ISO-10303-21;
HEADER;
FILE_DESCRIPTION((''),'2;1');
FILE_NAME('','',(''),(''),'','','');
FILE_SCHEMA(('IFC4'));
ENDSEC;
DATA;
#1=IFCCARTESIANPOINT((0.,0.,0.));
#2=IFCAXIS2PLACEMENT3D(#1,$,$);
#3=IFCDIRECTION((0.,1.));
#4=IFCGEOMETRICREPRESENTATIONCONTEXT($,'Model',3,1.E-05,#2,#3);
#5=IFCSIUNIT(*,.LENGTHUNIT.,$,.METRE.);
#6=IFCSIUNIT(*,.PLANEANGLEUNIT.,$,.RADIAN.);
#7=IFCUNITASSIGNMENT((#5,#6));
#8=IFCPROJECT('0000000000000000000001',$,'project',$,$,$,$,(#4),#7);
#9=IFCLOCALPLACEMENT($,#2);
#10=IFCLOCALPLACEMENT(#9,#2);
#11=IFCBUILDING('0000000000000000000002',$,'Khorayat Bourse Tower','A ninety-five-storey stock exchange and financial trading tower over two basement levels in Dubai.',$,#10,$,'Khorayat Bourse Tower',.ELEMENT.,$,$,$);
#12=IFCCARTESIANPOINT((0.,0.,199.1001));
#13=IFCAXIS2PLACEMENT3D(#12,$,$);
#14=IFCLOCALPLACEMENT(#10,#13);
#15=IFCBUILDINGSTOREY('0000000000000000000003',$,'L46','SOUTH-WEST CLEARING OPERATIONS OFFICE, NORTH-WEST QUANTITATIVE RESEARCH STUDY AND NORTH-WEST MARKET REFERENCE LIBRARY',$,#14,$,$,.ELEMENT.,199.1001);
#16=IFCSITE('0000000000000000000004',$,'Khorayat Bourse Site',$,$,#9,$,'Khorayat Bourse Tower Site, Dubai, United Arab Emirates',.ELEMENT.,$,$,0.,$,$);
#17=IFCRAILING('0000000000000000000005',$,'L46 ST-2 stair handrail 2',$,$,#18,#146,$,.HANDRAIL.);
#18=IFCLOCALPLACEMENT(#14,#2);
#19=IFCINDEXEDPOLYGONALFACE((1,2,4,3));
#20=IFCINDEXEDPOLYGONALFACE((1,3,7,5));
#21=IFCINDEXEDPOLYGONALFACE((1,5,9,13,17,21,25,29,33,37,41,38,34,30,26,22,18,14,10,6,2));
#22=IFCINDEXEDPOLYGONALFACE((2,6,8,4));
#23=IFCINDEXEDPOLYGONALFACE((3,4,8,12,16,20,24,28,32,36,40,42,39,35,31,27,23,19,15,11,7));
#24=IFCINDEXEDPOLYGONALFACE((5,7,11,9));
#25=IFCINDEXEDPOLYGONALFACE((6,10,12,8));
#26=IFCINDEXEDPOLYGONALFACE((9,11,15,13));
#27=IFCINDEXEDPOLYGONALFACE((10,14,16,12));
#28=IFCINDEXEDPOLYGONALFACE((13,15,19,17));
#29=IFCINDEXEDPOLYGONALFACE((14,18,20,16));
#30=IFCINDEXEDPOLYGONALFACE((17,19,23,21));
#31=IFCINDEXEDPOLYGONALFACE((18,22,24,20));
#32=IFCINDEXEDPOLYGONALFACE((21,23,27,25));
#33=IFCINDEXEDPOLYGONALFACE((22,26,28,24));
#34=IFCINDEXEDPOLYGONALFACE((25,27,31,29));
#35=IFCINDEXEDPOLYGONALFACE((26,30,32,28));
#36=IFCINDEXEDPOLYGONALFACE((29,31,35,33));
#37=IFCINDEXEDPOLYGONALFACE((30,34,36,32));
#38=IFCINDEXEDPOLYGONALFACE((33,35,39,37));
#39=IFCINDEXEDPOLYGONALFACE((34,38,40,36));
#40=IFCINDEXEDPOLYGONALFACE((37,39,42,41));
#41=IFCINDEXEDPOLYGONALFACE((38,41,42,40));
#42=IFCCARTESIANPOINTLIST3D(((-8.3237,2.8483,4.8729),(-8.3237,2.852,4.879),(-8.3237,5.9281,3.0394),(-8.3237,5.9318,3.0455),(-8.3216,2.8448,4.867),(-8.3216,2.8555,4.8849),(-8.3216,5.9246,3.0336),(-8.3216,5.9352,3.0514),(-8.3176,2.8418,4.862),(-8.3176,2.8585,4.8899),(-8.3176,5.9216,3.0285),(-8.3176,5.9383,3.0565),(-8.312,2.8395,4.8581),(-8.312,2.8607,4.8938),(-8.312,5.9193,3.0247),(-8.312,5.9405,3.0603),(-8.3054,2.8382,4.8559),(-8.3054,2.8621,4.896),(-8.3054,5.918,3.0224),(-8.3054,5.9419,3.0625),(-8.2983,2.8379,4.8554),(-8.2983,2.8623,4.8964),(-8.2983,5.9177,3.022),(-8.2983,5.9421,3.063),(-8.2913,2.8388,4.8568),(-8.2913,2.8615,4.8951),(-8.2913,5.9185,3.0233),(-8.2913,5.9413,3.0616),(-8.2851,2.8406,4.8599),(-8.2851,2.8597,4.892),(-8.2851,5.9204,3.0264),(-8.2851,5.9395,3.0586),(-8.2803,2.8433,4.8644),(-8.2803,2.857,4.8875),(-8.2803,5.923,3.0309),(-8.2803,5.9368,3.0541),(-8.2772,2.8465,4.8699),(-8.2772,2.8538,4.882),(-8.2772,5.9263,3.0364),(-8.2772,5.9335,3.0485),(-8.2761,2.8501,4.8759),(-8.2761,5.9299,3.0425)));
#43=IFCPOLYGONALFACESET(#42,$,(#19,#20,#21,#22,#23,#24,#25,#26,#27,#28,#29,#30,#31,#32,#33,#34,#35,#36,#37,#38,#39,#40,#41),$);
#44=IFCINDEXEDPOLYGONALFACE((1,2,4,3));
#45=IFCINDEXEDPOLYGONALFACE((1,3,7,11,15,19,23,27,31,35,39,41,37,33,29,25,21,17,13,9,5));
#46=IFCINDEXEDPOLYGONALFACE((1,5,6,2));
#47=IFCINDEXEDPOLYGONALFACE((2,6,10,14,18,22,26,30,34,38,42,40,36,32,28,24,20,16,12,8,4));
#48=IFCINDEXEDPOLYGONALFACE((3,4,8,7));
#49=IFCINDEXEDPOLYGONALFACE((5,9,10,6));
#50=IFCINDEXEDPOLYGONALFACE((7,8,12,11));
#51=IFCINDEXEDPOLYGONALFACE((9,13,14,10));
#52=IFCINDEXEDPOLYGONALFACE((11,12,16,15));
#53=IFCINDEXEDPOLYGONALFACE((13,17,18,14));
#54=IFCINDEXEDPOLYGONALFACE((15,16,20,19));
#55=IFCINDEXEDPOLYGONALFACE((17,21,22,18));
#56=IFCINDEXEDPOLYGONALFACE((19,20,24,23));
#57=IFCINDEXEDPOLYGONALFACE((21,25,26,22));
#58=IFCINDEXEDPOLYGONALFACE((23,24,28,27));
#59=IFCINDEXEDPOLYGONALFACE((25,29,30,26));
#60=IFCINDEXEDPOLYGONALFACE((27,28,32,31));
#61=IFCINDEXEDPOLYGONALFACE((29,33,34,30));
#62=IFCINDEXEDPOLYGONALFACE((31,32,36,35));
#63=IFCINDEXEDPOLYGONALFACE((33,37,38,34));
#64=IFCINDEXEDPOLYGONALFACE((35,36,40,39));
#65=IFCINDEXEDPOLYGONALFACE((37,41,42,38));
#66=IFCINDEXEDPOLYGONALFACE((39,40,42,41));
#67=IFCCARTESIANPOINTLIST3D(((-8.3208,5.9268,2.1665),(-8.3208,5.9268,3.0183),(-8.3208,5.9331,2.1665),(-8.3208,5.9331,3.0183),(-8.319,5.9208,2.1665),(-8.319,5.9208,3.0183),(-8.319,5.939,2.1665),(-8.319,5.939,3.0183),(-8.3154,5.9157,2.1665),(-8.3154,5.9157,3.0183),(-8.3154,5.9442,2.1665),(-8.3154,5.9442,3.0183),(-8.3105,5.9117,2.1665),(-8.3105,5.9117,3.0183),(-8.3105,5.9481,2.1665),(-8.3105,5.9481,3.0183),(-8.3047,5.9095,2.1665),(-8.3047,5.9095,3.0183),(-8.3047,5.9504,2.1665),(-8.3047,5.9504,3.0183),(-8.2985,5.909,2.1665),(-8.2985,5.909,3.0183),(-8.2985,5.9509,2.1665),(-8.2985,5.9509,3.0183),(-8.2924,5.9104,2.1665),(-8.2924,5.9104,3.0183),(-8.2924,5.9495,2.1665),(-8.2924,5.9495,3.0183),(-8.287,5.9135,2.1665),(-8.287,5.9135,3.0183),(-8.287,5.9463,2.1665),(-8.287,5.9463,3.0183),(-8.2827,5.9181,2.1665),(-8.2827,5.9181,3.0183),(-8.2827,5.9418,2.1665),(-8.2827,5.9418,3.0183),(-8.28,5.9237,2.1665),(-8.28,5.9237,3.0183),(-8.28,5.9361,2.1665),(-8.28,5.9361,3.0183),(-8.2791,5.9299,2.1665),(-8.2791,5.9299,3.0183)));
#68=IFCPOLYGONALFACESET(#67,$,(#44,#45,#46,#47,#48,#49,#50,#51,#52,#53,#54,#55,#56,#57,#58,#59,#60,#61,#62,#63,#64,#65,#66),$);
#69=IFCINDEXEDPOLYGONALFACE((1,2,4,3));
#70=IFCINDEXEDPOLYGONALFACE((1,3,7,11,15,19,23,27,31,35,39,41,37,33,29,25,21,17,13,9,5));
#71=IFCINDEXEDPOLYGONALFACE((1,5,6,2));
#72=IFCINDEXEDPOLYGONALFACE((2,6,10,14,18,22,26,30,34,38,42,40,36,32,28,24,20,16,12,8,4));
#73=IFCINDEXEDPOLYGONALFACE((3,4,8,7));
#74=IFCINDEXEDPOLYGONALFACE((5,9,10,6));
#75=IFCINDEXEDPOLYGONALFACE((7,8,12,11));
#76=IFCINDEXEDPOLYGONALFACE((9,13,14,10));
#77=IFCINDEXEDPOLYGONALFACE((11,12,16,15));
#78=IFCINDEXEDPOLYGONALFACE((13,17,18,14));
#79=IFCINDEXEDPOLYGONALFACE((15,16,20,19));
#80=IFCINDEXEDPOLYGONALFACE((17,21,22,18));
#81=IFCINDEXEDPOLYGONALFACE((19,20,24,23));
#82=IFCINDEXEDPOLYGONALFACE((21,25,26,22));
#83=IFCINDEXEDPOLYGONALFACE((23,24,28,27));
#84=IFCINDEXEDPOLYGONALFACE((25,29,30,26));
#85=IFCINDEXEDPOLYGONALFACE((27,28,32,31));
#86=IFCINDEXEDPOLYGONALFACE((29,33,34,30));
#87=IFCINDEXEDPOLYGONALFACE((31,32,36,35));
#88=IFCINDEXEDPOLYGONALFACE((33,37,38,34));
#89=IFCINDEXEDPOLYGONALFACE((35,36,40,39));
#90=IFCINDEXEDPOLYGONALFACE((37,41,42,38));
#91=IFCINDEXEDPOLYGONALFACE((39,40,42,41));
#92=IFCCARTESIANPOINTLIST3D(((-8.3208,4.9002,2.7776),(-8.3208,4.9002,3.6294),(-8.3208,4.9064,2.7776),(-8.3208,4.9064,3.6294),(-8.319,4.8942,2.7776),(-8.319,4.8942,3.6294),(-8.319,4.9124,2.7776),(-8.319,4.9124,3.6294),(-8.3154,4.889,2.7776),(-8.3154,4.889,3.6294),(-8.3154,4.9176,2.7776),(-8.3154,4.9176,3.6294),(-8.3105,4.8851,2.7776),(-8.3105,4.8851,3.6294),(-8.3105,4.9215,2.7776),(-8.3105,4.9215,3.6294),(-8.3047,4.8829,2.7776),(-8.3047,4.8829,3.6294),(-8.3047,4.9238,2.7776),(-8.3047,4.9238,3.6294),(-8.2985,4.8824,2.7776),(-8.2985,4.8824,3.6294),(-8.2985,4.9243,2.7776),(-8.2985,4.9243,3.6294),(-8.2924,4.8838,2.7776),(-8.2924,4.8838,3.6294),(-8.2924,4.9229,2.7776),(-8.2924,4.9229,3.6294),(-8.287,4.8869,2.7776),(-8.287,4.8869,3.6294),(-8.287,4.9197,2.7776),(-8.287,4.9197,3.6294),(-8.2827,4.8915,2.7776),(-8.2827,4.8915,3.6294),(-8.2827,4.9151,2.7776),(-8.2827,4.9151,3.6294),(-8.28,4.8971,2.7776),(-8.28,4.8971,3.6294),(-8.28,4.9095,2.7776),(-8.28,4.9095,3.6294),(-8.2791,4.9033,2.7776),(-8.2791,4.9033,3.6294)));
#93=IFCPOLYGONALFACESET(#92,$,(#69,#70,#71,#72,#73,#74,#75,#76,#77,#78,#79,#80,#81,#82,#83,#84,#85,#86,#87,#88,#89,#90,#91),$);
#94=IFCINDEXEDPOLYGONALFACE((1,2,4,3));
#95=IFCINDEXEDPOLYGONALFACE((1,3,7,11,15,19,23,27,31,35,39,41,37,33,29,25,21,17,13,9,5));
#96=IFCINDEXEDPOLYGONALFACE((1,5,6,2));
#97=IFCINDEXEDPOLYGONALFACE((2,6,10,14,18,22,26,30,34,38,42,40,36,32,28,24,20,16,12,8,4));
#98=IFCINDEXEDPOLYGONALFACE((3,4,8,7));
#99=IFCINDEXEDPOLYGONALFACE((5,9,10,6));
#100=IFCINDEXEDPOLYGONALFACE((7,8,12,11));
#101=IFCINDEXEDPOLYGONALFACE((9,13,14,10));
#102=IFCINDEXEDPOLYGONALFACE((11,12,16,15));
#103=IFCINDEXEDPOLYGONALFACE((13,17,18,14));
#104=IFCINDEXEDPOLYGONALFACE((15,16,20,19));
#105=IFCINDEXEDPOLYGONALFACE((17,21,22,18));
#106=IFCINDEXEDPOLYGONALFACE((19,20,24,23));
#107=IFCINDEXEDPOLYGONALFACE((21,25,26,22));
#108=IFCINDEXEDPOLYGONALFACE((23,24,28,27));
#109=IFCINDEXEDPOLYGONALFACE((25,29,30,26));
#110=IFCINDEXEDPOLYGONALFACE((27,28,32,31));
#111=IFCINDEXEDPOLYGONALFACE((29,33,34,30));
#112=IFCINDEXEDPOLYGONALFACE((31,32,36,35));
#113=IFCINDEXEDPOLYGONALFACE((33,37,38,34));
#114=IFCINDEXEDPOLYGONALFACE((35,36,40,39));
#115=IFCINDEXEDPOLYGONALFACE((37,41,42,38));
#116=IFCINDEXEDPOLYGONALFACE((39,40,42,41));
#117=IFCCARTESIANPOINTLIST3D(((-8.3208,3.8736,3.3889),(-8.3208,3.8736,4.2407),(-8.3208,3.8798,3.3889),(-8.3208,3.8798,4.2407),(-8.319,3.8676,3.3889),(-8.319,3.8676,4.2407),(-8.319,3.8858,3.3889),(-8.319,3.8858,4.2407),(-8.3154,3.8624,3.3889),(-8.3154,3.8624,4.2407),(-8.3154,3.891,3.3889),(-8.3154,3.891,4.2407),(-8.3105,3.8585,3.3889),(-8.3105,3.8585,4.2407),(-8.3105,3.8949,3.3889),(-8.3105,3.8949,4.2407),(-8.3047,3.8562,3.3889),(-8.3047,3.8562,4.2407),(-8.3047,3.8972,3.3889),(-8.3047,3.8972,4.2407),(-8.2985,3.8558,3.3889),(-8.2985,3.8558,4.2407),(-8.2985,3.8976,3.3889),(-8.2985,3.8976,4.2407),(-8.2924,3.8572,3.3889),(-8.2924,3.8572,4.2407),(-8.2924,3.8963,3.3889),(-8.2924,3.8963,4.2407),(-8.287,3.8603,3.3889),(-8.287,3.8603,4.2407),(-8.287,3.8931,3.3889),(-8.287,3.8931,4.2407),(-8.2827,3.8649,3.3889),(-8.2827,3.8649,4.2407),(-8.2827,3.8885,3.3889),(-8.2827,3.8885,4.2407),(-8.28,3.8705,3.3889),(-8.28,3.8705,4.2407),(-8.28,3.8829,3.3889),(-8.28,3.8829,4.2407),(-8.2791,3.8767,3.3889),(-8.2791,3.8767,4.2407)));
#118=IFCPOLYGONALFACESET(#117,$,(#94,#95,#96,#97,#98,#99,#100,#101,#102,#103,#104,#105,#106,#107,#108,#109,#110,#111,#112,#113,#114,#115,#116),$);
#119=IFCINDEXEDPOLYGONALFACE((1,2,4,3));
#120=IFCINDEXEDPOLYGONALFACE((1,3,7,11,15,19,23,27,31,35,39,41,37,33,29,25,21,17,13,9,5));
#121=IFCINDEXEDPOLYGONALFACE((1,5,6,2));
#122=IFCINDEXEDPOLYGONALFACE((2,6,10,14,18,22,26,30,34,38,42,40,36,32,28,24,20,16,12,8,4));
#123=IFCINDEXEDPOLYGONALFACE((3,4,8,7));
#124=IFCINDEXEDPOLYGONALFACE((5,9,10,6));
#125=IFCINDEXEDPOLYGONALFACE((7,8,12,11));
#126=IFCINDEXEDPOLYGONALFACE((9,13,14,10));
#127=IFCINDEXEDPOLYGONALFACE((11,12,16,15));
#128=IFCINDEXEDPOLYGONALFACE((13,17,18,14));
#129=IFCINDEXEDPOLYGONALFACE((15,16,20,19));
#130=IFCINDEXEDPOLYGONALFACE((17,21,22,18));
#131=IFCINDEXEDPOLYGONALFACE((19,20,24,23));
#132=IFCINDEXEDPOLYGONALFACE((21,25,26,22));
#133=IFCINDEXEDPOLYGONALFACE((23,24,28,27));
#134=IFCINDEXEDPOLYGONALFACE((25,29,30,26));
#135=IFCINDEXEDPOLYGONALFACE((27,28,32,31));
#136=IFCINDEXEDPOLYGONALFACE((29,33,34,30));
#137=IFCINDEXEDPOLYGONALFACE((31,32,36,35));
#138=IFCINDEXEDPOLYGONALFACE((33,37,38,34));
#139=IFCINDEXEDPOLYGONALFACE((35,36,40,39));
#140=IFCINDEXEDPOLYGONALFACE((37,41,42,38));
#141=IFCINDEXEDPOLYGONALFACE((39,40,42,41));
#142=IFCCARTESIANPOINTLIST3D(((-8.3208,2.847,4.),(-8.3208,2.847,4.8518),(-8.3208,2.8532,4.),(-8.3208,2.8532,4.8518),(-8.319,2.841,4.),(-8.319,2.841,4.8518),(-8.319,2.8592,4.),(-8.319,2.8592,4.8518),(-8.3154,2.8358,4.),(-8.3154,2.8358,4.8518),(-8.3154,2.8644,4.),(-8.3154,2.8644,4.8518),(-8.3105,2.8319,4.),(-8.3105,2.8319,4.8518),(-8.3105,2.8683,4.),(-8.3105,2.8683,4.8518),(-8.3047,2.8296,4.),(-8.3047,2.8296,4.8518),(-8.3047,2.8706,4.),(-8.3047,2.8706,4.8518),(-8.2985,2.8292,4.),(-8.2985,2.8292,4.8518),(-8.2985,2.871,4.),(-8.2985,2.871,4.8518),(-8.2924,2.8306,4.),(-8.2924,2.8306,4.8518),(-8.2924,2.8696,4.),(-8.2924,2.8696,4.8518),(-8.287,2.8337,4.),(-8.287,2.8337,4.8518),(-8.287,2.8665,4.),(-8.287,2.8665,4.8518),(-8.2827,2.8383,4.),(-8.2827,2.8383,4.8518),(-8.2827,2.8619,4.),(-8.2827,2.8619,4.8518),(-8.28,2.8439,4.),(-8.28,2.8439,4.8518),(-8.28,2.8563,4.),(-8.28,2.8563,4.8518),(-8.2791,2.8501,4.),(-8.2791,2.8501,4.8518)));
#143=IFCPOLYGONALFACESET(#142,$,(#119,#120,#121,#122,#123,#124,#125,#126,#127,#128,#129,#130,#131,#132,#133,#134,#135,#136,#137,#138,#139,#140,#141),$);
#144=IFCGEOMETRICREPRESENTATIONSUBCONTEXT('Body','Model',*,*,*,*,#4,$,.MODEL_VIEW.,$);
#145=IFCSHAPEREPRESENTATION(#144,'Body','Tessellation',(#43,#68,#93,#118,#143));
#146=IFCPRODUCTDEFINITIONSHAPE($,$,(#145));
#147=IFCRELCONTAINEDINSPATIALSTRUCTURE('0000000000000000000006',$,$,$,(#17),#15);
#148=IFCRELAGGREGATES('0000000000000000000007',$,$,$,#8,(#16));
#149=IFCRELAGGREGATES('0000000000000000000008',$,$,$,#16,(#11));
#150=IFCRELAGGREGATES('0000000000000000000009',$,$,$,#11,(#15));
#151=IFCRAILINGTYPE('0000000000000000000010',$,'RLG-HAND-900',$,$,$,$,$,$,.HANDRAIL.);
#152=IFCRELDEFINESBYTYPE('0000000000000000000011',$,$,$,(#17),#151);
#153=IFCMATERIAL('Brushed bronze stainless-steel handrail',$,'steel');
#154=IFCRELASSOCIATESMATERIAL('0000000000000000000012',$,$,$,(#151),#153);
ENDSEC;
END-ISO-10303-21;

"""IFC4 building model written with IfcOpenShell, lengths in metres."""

from ifc_helpers import new_model, si_unit, direction, frame, origin, origin_2d, place, context, subcontext, project, spatial, circle, extrude, source, transform, mapped, material, type_object, element, save


model = new_model("IFC4")

# Units and contexts
model_context = context("Model", 3, precision=1e-05, world=origin(), true_north=direction((0.0, 1.0)))
body_context = subcontext(model_context, "Body", "Model", "MODEL_VIEW")
ifc_project = project(units=[si_unit("LENGTHUNIT", "METRE"), si_unit("PLANEANGLEUNIT", "RADIAN")], contexts=[model_context])

# Site, building, storey
site_placement = place(None, origin())
site = spatial("IfcSite", under=ifc_project, at=site_placement, Name="Khorayat Bourse Site", LongName="Khorayat Bourse Tower Site, Dubai, United Arab Emirates", CompositionType="ELEMENT", RefElevation=0.0)
building_placement = place(site_placement, origin())
building = spatial("IfcBuilding", under=site, at=building_placement, Name="Khorayat Bourse Tower", Description="A ninety-five-storey stock exchange and financial trading tower over two basement levels in Dubai.", LongName="Khorayat Bourse Tower", CompositionType="ELEMENT")
storey_placement = place(building_placement, frame((0.0, 0.0, 199.1001)))
storey = spatial("IfcBuildingStorey", under=building, at=storey_placement, Name="L46", Description="SOUTH-WEST CLEARING OPERATIONS OFFICE, NORTH-WEST QUANTITATIVE RESEARCH STUDY AND NORTH-WEST MARKET REFERENCE LIBRARY", CompositionType="ELEMENT", Elevation=199.1001)

# Railing
ifc_material_1 = material(Name="Brushed bronze stainless-steel handrail", Category="steel")
railing_type_1 = type_object("IfcRailingType", Name="RLG-HAND-900", PredefinedType="HANDRAIL", material=ifc_material_1)
shared_shape_1 = source(origin(), body_context, "Body", "SweptSolid", [
    extrude(circle(Radius=0.0239, at=origin_2d()), frame((0.0, 0.0, 0.876), z_axis=(0.0, -0.859261, 0.511538), x_axis=(1.0, 0.0, 0.0)), (0.0, 0.0, 1.0), 3.5842),
    extrude(circle(Radius=0.021, at=origin_2d()), origin(), (0.0, 0.0, 1.0), 0.8518),
    extrude(circle(Radius=0.021, at=origin_2d()), frame((0.0, -1.0266, 0.6111)), (0.0, 0.0, 1.0), 0.8518),
    extrude(circle(Radius=0.021, at=origin_2d()), frame((0.0, -2.0532, 1.2224)), (0.0, 0.0, 1.0), 0.8518),
    extrude(circle(Radius=0.021, at=origin_2d()), frame((0.0, -3.0798, 1.8335)), (0.0, 0.0, 1.0), 0.8518),
])
railing_1_placement = place(storey_placement, frame((-8.3, 5.9299, 2.1665)))
element("IfcRailing", 1, at=railing_1_placement, inside=storey, type_object=railing_type_1, Name="L46 ST-2 stair handrail 2", PredefinedType="HANDRAIL", context=body_context, shape_type="MappedRepresentation", body=[
    mapped(shared_shape_1, transform((0.0, 0.0, 0.0), scale=1.0)),
])

save(model, "model.ifc")
